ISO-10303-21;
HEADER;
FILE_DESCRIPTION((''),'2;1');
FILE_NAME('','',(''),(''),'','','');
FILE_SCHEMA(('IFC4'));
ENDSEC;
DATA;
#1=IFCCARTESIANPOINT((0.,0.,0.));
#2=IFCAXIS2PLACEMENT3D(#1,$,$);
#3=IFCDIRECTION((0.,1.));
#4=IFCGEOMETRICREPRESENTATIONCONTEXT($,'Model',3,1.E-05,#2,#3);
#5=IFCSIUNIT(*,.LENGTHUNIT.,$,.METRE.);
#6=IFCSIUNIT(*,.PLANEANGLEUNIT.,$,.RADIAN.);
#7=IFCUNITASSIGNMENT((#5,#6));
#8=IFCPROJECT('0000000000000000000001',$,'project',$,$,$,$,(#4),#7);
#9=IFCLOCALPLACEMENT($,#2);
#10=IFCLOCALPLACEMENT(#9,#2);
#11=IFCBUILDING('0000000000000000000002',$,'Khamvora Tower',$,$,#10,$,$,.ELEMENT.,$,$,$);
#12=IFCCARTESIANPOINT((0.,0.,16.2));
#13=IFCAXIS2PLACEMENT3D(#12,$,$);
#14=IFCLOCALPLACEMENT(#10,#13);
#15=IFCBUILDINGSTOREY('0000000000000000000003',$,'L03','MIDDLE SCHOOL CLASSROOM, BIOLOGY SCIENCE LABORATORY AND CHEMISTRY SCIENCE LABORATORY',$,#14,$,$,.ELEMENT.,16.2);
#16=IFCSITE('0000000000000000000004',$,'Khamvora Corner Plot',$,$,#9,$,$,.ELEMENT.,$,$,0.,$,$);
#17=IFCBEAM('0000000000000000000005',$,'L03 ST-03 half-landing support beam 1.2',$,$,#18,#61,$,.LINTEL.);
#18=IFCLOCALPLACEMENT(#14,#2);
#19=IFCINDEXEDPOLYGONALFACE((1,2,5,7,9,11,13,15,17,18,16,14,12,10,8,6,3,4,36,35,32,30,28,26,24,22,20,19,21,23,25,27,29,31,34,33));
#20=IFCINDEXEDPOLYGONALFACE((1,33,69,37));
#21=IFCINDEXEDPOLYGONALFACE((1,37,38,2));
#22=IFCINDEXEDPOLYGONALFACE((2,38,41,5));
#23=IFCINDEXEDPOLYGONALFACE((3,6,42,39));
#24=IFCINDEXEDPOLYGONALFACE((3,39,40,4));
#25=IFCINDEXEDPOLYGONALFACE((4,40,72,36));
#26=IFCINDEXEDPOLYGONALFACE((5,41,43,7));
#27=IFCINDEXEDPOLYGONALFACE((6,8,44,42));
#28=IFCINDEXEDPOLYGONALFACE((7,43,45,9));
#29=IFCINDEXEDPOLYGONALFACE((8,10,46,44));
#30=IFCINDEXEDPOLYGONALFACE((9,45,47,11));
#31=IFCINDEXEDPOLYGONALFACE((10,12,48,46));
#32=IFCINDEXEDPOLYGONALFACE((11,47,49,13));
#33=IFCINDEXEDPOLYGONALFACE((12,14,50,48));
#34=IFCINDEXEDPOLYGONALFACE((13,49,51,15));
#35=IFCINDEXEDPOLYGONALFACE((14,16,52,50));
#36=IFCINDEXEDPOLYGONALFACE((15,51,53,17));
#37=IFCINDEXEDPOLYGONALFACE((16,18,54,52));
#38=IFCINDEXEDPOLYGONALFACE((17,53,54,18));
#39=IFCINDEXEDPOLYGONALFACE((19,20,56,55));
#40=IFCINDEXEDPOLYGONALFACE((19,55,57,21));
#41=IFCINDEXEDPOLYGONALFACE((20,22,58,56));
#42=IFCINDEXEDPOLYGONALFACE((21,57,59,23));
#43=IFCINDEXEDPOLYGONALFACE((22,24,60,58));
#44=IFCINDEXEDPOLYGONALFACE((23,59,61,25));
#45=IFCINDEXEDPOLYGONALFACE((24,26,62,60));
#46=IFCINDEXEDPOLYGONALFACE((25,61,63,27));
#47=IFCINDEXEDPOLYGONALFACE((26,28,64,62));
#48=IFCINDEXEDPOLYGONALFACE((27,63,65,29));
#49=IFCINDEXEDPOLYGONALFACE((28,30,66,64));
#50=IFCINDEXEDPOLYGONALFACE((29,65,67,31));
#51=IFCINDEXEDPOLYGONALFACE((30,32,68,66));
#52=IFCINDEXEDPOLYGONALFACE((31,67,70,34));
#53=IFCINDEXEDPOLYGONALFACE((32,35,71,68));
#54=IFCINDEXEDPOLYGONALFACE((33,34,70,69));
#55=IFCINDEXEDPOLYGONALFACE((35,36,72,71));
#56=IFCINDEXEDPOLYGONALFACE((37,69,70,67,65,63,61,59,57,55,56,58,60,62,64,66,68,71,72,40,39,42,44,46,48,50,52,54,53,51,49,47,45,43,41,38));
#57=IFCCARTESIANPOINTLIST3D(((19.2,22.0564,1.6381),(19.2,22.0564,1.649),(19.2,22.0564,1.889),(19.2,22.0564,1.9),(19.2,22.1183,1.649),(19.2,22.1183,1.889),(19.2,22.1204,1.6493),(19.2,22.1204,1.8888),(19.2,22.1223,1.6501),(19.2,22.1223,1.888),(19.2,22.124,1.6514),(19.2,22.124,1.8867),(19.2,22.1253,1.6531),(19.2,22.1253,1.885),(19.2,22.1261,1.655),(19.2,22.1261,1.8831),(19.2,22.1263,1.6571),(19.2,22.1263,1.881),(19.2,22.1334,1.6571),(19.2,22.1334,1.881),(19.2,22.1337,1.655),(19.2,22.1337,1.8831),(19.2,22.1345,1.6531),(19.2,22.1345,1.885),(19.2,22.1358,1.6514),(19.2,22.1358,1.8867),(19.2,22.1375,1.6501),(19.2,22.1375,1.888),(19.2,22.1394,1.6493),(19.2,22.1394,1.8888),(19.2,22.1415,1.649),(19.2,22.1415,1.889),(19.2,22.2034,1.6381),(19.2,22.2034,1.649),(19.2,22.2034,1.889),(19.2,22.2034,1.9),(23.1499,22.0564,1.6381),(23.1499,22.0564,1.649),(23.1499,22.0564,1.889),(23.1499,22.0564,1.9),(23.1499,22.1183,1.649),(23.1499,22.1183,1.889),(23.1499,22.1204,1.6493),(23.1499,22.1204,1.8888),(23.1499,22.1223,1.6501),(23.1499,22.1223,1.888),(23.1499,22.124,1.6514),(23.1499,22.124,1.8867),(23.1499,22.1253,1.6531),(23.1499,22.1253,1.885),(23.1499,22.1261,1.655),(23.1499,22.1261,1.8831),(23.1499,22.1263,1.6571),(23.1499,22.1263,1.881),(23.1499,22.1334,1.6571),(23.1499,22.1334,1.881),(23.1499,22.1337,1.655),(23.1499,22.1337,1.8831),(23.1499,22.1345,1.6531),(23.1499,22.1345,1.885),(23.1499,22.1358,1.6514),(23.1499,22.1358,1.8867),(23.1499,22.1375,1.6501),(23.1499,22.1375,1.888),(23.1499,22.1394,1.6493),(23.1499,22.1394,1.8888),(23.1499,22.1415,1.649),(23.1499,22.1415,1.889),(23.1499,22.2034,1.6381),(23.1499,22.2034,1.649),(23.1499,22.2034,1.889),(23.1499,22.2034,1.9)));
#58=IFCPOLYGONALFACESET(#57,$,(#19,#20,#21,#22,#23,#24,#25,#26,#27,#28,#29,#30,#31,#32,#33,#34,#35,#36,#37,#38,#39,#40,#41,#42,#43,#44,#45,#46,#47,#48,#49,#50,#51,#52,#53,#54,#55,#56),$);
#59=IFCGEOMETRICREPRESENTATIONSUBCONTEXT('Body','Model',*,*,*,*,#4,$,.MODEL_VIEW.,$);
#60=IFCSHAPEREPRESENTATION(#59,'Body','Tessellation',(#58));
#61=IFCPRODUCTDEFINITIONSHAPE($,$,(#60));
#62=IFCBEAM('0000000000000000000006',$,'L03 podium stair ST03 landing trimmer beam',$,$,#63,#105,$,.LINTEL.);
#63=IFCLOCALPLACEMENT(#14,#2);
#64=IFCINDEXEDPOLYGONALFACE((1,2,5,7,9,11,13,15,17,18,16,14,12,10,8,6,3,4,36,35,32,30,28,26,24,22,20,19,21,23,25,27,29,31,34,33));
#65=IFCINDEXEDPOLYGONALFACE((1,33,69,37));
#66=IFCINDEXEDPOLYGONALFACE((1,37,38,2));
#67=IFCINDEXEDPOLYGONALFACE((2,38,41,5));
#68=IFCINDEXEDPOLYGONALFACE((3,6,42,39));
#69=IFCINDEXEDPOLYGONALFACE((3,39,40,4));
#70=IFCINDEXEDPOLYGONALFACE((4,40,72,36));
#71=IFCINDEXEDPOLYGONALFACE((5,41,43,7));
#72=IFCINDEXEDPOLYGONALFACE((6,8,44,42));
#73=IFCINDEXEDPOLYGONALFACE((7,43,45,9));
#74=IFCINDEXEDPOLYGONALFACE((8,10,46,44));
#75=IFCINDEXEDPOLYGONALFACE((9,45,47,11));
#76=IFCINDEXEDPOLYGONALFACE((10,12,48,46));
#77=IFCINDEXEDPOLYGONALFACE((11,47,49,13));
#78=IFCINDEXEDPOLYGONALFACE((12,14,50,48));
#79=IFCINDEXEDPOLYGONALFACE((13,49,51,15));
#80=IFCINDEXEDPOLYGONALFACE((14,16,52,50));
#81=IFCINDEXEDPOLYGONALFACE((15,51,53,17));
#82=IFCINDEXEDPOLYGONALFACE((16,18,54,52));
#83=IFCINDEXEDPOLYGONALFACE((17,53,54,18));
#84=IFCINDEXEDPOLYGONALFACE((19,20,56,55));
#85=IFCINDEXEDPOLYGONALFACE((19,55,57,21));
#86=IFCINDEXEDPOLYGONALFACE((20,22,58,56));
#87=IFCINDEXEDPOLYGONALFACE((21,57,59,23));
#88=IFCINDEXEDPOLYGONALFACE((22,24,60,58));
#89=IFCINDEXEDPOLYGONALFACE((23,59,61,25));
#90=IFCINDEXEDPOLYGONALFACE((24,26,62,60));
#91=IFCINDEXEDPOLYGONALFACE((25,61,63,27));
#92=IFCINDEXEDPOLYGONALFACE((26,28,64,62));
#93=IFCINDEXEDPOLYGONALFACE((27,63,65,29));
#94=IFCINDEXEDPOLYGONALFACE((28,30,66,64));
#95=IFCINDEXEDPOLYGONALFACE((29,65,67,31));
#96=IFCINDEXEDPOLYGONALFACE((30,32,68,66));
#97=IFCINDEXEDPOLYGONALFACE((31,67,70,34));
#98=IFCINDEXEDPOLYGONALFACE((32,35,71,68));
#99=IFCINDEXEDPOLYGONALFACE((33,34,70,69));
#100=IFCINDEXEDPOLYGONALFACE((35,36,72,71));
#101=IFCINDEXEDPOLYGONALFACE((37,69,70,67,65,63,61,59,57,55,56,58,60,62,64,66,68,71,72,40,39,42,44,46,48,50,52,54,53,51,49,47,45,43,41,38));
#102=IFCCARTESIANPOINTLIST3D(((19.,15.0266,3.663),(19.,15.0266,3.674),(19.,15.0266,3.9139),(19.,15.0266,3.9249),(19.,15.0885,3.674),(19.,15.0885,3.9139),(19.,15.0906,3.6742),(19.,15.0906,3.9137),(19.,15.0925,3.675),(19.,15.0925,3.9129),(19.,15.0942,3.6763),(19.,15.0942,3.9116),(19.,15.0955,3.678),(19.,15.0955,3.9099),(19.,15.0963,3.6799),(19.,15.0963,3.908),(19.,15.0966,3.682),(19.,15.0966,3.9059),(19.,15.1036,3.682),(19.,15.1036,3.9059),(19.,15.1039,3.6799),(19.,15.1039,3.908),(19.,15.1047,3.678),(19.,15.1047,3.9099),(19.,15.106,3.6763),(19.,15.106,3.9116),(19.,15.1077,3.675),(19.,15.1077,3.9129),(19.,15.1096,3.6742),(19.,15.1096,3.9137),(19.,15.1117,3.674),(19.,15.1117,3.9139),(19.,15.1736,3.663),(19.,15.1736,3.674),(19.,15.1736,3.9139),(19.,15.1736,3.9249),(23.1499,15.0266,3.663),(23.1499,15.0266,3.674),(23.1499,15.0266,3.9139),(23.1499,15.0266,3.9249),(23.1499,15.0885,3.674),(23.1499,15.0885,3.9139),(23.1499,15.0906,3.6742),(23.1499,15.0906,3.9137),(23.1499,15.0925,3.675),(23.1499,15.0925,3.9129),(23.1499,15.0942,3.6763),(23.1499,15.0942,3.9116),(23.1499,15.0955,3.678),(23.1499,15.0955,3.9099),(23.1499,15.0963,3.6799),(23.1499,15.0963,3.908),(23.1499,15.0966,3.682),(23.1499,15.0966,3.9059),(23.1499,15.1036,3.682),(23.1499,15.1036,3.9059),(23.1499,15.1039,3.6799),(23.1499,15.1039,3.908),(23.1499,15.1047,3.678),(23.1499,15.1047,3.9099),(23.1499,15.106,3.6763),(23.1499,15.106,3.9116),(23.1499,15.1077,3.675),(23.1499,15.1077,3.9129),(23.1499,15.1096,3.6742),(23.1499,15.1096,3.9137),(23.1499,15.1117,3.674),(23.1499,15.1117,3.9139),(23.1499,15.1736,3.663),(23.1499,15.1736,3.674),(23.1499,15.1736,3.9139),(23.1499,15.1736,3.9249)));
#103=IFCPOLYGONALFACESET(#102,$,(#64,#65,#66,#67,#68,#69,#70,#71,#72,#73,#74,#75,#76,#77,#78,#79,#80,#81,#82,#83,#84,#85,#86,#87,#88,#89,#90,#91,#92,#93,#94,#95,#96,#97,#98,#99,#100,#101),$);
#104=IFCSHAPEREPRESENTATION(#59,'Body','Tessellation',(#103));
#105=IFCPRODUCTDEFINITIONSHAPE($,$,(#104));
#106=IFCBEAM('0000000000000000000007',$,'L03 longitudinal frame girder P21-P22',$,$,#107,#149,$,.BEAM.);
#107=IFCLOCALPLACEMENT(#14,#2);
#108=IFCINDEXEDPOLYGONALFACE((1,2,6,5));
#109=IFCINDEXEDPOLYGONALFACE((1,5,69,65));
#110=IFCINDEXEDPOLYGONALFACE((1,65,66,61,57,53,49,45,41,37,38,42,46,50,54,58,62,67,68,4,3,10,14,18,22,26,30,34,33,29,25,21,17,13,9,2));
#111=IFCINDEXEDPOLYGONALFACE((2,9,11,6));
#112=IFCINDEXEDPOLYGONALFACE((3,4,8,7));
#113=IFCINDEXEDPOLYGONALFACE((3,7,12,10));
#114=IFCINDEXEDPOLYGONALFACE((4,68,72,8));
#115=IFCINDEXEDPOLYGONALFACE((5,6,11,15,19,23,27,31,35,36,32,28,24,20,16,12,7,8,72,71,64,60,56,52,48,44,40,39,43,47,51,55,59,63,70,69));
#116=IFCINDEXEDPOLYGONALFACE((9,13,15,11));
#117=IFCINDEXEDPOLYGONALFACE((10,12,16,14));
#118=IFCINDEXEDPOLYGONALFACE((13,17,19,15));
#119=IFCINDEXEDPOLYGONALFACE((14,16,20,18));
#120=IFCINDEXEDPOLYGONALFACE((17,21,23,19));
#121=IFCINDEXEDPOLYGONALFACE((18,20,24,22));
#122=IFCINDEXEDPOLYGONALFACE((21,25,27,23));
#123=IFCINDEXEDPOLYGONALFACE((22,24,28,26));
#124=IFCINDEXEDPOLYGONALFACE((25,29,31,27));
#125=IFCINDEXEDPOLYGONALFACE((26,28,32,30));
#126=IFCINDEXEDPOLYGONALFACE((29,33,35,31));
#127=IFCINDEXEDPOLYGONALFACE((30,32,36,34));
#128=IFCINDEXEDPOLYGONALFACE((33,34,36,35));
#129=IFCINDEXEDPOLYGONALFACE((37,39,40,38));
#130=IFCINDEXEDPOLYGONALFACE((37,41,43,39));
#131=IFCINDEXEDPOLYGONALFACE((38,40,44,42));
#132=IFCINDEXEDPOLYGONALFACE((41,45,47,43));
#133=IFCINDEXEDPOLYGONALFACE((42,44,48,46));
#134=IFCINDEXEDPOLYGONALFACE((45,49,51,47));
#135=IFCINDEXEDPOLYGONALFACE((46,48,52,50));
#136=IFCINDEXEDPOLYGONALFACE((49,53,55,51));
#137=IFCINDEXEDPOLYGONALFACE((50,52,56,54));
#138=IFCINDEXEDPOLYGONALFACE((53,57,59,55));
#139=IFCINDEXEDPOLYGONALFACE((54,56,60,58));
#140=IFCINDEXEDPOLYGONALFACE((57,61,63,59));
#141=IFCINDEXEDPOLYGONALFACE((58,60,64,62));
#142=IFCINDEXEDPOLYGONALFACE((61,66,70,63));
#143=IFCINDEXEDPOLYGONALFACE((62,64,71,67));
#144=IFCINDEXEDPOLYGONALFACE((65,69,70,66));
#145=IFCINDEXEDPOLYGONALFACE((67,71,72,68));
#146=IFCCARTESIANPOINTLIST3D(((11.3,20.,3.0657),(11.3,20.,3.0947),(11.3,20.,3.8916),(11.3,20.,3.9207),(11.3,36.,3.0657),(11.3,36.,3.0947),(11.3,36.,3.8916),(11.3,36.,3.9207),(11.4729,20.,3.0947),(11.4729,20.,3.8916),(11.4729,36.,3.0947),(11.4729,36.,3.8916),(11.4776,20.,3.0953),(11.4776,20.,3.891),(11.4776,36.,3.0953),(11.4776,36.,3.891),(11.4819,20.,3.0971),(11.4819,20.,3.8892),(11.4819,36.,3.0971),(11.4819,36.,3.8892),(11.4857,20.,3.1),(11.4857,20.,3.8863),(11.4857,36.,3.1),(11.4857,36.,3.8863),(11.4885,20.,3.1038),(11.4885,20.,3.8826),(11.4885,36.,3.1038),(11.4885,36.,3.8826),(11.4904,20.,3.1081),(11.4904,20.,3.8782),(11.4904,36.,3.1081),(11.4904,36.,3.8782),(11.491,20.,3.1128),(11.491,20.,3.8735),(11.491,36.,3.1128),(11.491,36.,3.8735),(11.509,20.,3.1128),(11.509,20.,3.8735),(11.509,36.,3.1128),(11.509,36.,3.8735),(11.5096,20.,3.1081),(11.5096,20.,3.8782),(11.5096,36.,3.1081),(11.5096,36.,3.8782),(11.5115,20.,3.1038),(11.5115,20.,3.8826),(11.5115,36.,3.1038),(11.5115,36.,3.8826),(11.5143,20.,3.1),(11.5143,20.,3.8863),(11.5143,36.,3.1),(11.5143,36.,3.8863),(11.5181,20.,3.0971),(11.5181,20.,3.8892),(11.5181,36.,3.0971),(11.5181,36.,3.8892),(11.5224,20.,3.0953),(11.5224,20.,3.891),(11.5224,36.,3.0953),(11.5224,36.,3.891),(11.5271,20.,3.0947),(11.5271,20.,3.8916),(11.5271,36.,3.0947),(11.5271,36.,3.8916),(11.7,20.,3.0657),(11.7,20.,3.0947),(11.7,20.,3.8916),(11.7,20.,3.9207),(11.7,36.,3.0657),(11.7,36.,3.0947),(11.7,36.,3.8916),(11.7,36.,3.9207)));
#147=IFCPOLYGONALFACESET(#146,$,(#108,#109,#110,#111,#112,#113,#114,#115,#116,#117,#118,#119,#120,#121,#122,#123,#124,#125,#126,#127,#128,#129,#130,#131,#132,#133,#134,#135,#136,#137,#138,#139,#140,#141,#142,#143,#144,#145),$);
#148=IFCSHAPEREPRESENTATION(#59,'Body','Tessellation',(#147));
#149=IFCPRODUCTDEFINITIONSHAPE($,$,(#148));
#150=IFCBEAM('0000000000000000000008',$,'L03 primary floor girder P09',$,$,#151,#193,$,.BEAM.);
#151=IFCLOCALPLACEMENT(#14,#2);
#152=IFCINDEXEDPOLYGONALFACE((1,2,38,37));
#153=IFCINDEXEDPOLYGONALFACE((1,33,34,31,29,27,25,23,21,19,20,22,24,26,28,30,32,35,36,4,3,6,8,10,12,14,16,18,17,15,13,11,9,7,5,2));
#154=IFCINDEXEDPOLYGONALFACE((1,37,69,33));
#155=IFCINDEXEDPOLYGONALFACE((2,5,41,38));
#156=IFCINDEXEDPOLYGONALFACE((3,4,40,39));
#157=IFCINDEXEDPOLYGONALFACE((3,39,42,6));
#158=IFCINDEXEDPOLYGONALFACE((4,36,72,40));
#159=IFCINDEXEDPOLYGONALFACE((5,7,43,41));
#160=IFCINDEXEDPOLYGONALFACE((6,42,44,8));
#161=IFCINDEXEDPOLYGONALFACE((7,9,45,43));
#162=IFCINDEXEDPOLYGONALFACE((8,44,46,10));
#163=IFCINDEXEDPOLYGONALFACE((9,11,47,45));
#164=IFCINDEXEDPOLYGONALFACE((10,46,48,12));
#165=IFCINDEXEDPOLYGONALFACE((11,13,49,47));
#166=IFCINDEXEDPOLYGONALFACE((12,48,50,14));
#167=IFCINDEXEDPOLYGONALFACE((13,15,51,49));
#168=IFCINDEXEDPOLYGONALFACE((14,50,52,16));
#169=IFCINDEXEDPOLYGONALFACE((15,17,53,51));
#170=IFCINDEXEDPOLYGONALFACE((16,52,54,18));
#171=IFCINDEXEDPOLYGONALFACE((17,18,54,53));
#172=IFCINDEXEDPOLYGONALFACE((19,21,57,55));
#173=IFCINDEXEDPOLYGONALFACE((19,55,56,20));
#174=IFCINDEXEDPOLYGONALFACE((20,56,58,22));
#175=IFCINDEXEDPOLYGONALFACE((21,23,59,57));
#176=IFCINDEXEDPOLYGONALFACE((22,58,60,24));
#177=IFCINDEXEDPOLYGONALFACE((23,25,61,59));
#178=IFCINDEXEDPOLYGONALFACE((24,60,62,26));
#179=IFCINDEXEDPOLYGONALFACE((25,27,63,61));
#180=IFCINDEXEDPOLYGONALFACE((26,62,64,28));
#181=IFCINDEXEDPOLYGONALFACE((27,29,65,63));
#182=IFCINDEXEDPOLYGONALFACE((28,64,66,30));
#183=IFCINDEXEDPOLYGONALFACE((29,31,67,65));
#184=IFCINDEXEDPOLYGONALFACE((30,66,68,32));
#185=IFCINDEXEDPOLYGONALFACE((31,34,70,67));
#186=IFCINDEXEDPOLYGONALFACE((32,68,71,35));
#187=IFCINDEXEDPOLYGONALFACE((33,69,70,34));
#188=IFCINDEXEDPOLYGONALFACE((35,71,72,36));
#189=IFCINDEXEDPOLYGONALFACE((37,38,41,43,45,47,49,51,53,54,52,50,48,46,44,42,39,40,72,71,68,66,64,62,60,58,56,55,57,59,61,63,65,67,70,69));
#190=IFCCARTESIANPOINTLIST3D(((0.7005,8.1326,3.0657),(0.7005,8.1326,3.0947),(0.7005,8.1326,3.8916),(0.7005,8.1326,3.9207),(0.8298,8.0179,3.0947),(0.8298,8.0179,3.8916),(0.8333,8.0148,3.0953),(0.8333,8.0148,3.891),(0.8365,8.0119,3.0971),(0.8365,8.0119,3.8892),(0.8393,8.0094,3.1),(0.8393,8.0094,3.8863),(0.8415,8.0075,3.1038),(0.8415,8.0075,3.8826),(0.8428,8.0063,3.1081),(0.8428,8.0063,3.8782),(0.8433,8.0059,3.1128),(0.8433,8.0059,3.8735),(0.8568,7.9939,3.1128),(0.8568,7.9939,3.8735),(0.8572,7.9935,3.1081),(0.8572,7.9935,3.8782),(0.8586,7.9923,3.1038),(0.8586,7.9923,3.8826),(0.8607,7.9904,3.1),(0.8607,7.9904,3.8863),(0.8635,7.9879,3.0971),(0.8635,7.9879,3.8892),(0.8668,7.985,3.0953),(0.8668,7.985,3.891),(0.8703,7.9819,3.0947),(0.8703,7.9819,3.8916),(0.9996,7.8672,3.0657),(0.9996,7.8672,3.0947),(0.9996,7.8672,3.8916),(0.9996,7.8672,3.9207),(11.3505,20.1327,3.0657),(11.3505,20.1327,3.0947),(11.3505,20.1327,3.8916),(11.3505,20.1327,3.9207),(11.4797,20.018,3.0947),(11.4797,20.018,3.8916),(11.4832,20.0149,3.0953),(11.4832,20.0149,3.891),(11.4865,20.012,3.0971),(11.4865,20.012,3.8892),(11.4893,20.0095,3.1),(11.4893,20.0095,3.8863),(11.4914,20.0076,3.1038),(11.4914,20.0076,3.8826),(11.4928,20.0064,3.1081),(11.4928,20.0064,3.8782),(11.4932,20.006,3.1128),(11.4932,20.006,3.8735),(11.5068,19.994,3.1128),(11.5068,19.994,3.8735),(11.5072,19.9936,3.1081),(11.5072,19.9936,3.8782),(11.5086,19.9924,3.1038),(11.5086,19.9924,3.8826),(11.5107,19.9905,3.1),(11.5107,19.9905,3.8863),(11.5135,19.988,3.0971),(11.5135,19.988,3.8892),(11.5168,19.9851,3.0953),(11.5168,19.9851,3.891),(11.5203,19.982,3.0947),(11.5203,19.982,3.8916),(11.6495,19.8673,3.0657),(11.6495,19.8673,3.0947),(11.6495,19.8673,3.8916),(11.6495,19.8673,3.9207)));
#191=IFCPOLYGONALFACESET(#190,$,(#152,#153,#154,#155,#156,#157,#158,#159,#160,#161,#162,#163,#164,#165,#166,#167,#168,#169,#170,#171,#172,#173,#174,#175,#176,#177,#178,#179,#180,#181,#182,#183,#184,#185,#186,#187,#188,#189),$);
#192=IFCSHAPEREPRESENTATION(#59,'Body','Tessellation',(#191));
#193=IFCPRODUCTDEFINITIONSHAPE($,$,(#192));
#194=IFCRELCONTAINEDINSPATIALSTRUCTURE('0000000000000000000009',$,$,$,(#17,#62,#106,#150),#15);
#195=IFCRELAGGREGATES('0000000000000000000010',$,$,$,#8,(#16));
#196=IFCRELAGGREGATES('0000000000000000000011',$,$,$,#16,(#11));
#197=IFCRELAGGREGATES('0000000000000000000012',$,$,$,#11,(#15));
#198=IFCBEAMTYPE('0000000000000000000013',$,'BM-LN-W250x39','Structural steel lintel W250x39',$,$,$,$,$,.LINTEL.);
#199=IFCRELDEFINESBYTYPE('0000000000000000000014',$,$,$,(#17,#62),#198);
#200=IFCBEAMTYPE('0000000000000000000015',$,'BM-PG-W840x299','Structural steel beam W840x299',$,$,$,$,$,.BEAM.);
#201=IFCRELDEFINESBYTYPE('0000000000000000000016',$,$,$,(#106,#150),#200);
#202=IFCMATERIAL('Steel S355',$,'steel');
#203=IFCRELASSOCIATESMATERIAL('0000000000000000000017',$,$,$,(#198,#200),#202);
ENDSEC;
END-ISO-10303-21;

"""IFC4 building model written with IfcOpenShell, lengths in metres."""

from ifc_helpers import new_model, si_unit, direction, frame, origin, origin_2d, place, context, subcontext, project, spatial, i_section, extrude, material, material_profile, profile_set, type_object, element, save


model = new_model("IFC4")

# Units and contexts
model_context = context("Model", 3, precision=1e-05, world=origin(), true_north=direction((0.0, 1.0)))
body_context = subcontext(model_context, "Body", "Model", "MODEL_VIEW")
ifc_project = project(units=[si_unit("LENGTHUNIT", "METRE"), si_unit("PLANEANGLEUNIT", "RADIAN")], contexts=[model_context])

# Site, building, storey
site_placement = place(None, origin())
site = spatial("IfcSite", under=ifc_project, at=site_placement, Name="Khamvora Corner Plot", CompositionType="ELEMENT", RefElevation=0.0)
building_placement = place(site_placement, origin())
building = spatial("IfcBuilding", under=site, at=building_placement, Name="Khamvora Tower", CompositionType="ELEMENT")
storey_placement = place(building_placement, frame((0.0, 0.0, 16.2)))
storey = spatial("IfcBuildingStorey", under=building, at=storey_placement, Name="L03", Description="MIDDLE SCHOOL CLASSROOM, BIOLOGY SCIENCE LABORATORY AND CHEMISTRY SCIENCE LABORATORY", CompositionType="ELEMENT", Elevation=16.2)

# Beams
ifc_material_1 = material(Name="Steel S355", Category="steel")
ifc_material_profile_1 = material_profile(ifc_material_1, i_section(OverallWidth=0.147, OverallDepth=0.262, WebThickness=0.0071, FlangeThickness=0.011, FilletRadius=0.0081, at=origin_2d()), Name="W250x39")
ifc_profile_set_1 = profile_set([ifc_material_profile_1], Name="Steel S355")
beam_type_1 = type_object("IfcBeamType", Name="BM-LN-W250x39", Description="Structural steel lintel W250x39", PredefinedType="LINTEL", material=ifc_profile_set_1)
for number, where, z_axis, x_axis, name in (
    (1, (19.2, 22.1299, 1.769), (1.0, 0.0, 0.0), (0.0, 1.0, 0.0), "L03 ST-03 half-landing support beam 1.2"),
):
    element("IfcBeam", number, at=place(storey_placement, frame(where, z_axis=z_axis, x_axis=x_axis)), inside=storey, type_object=beam_type_1, Name=name, PredefinedType="LINTEL", context=body_context, shape_type="SweptSolid", body=[
        extrude(i_section(OverallWidth=0.147, OverallDepth=0.262, WebThickness=0.0071, FlangeThickness=0.011, FilletRadius=0.0081, at=origin_2d()), origin(), (0.0, 0.0, 1.0), 3.95),
    ])
beam_1_placement = place(storey_placement, frame((19.0, 15.1001, 3.7939), z_axis=(1.0, 0.0, 0.0), x_axis=(0.0, 1.0, 0.0)))
element("IfcBeam", 2, at=beam_1_placement, inside=storey, type_object=beam_type_1, Name="L03 podium stair ST03 landing trimmer beam", PredefinedType="LINTEL", context=body_context, shape_type="SweptSolid", body=[
    extrude(i_section(OverallWidth=0.147, OverallDepth=0.262, WebThickness=0.0071, FlangeThickness=0.011, FilletRadius=0.0081, at=origin_2d()), origin(), (0.0, 0.0, 1.0), 4.1499),
])
ifc_material_profile_2 = material_profile(ifc_material_1, i_section(OverallWidth=0.3999, OverallDepth=0.855, WebThickness=0.0181, FlangeThickness=0.0291, FilletRadius=0.0181, at=origin_2d()), Name="W840x299")
ifc_profile_set_2 = profile_set([ifc_material_profile_2], Name="Steel S355")
beam_type_2 = type_object("IfcBeamType", Name="BM-PG-W840x299", Description="Structural steel beam W840x299", PredefinedType="BEAM", material=ifc_profile_set_2)
beam_2_placement = place(storey_placement, frame((11.5, 20.0, 3.4932), z_axis=(0.0, 1.0, 0.0), x_axis=(-1.0, 0.0, 0.0)))
element("IfcBeam", 3, at=beam_2_placement, inside=storey, type_object=beam_type_2, Name="L03 longitudinal frame girder P21-P22", PredefinedType="BEAM", context=body_context, shape_type="SweptSolid", body=[
    extrude(i_section(OverallWidth=0.3999, OverallDepth=0.855, WebThickness=0.0181, FlangeThickness=0.0291, FilletRadius=0.0181, at=origin_2d()), origin(), (0.0, 0.0, 1.0), 16.0),
])
beam_3_placement = place(storey_placement, frame((11.5, 20.0, 3.4932), z_axis=(-0.66378, -0.747928, 0.0), x_axis=(0.747928, -0.66378, 0.0)))
element("IfcBeam", 4, at=beam_3_placement, inside=storey, type_object=beam_type_2, Name="L03 primary floor girder P09", PredefinedType="BEAM", context=body_context, shape_type="SweptSolid", body=[
    extrude(i_section(OverallWidth=0.3999, OverallDepth=0.855, WebThickness=0.0181, FlangeThickness=0.0291, FilletRadius=0.0181, at=origin_2d()), origin(), (0.0, 0.0, 1.0), 16.0444),
])

save(model, "model.ifc")
